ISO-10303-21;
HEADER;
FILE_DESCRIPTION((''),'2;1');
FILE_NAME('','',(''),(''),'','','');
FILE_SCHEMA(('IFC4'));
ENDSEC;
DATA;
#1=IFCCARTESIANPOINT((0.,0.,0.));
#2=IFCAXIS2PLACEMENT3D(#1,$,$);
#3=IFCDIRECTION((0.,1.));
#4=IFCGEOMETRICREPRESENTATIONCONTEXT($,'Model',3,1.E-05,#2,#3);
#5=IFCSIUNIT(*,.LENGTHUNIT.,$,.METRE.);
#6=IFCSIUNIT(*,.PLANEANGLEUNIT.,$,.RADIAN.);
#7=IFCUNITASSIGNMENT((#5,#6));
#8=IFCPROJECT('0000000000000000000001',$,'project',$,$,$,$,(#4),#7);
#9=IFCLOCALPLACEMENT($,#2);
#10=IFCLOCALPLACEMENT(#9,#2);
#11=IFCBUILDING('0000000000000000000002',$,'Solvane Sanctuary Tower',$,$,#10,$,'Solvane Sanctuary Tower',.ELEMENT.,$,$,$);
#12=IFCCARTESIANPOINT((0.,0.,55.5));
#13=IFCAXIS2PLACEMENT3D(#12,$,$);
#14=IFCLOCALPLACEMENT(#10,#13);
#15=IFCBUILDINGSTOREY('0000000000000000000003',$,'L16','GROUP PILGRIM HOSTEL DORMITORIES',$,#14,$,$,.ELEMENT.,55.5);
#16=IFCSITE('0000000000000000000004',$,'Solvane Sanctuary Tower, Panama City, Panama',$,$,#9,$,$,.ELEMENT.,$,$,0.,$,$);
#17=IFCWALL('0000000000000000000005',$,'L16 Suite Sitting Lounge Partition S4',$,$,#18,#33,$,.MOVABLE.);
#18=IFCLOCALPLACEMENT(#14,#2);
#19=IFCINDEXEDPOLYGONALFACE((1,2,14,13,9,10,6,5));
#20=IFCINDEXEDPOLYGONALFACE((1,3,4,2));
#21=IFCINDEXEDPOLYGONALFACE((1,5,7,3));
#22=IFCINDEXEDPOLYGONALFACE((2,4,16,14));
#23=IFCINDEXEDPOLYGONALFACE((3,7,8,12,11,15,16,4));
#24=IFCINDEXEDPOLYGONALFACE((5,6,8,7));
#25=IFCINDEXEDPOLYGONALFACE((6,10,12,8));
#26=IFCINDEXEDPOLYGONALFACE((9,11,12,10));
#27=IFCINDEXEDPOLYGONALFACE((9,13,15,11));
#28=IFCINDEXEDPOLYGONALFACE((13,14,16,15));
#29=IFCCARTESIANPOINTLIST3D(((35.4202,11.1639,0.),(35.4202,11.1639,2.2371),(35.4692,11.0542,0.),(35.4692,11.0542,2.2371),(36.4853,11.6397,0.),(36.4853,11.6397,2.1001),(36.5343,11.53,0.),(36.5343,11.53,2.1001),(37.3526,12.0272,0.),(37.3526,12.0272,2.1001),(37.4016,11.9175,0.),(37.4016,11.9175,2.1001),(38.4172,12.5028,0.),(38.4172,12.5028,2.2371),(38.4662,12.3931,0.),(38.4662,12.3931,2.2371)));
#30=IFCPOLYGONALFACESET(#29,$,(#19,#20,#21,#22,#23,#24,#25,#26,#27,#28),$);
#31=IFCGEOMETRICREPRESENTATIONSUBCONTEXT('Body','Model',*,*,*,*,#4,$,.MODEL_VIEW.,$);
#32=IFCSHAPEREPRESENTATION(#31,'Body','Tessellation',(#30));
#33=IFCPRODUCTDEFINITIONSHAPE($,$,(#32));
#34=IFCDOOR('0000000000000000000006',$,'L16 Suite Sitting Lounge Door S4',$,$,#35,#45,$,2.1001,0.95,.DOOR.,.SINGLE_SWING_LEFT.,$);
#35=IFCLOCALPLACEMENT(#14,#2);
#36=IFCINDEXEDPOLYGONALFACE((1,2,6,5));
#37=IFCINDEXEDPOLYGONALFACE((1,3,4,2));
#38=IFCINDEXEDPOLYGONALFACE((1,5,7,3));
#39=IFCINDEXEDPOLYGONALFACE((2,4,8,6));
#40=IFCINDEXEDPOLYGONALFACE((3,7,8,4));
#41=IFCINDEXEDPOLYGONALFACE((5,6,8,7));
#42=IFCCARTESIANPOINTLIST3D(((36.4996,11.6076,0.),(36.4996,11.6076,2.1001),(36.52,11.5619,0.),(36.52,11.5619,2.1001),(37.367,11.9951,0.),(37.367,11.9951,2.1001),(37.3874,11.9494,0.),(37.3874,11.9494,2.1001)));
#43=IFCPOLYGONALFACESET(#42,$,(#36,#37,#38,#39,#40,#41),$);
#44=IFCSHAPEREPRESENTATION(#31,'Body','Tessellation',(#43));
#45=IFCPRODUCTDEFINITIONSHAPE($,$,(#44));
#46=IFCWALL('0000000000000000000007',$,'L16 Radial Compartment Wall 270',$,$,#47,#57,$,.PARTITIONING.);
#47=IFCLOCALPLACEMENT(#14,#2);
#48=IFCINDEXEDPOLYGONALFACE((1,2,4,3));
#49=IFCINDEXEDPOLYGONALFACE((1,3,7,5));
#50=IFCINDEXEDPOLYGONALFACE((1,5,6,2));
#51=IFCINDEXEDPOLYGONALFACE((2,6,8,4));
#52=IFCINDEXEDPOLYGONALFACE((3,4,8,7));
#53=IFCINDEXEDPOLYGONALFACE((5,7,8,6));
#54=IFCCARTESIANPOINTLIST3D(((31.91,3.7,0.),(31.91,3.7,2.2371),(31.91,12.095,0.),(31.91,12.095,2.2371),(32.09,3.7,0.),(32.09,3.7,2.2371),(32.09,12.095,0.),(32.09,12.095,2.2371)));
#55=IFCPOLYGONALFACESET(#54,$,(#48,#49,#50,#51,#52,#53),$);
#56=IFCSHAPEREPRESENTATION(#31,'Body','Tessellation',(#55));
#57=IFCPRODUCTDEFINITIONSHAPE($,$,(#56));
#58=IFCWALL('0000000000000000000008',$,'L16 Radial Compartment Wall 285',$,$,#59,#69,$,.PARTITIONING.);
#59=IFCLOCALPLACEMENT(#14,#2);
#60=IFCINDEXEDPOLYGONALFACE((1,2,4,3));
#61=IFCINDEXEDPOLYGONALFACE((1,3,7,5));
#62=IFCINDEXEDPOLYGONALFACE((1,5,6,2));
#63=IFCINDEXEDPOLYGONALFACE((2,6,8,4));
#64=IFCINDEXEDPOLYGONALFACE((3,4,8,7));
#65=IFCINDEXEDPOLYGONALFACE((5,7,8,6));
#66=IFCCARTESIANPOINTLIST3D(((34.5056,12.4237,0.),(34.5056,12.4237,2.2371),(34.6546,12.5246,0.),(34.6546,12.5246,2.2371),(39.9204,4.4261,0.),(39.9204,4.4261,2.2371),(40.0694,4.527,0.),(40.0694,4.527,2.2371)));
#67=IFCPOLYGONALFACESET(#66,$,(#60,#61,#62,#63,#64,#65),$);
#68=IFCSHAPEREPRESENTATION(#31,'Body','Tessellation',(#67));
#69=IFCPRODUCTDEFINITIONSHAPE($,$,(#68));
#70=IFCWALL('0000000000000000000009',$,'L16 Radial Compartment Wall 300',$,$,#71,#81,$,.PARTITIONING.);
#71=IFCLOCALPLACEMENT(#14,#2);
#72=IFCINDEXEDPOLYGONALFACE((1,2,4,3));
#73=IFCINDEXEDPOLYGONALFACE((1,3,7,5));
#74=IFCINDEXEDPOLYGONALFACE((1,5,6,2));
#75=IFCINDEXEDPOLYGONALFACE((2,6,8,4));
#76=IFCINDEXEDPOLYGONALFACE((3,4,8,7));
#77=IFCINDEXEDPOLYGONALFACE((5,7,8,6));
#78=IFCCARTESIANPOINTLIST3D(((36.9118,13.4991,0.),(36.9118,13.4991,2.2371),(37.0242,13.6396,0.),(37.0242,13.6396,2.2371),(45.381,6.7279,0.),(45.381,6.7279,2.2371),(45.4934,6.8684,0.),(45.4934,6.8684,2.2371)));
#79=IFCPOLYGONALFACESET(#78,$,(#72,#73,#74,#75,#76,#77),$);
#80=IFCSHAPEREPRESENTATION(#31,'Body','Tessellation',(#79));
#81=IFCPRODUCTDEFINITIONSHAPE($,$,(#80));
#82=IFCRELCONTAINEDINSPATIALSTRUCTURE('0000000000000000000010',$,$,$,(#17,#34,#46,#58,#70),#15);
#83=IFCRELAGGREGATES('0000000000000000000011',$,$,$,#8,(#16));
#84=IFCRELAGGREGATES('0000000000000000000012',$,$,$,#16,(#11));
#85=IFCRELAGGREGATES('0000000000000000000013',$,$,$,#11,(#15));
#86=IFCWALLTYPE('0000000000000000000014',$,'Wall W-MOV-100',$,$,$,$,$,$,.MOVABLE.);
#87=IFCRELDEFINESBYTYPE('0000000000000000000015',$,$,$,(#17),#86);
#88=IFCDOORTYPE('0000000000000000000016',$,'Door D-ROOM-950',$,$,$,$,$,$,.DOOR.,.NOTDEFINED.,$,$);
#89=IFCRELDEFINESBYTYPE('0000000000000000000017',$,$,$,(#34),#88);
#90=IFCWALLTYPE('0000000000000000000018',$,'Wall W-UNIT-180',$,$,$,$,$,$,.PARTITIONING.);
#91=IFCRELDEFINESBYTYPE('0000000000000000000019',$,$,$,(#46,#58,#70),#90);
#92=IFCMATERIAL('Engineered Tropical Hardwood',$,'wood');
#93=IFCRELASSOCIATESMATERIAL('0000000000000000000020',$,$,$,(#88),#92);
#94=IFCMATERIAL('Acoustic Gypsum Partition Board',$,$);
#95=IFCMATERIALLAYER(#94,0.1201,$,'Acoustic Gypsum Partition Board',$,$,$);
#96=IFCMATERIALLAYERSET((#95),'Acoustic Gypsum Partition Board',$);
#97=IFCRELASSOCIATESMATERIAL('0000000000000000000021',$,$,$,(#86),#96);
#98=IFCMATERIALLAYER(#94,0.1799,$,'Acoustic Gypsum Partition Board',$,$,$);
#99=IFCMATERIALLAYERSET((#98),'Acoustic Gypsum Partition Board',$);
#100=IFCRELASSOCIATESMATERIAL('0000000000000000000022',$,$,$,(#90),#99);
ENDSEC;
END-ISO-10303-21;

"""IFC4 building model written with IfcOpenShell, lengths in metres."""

from ifc_helpers import new_model, si_unit, direction, frame, frame_2d, origin, place, context, subcontext, project, spatial, rectangle, extrude, material, layer, layer_set, type_object, element, fill, save


model = new_model("IFC4")

# Units and contexts
model_context = context("Model", 3, precision=1e-05, world=origin(), true_north=direction((0.0, 1.0)))
body_context = subcontext(model_context, "Body", "Model", "MODEL_VIEW")
ifc_project = project(units=[si_unit("LENGTHUNIT", "METRE"), si_unit("PLANEANGLEUNIT", "RADIAN")], contexts=[model_context])

# Site, building, storey
site_placement = place(None, origin())
site = spatial("IfcSite", under=ifc_project, at=site_placement, Name="Solvane Sanctuary Tower, Panama City, Panama", CompositionType="ELEMENT", RefElevation=0.0)
building_placement = place(site_placement, origin())
building = spatial("IfcBuilding", under=site, at=building_placement, Name="Solvane Sanctuary Tower", LongName="Solvane Sanctuary Tower", CompositionType="ELEMENT")
storey_placement = place(building_placement, frame((0.0, 0.0, 55.5)))
storey = spatial("IfcBuildingStorey", under=building, at=storey_placement, Name="L16", Description="GROUP PILGRIM HOSTEL DORMITORIES", CompositionType="ELEMENT", Elevation=55.5)

# Shared definitions
ifc_material_1 = material(Name="Acoustic Gypsum Partition Board")

# Shared definitions
ifc_material_2 = material(Name="Engineered Tropical Hardwood", Category="wood")
door_type_1 = type_object("IfcDoorType", Name="Door D-ROOM-950", OperationType="NOTDEFINED", PredefinedType="DOOR", material=ifc_material_2)

# Wall, opening, door
ifc_layer_1 = layer(ifc_material_1, 0.1201, Name="Acoustic Gypsum Partition Board")
ifc_layer_set_1 = layer_set([ifc_layer_1], Name="Acoustic Gypsum Partition Board")
wall_type_1 = type_object("IfcWallType", Name="Wall W-MOV-100", PredefinedType="MOVABLE", material=ifc_layer_set_1)
wall_1_placement = place(storey_placement, frame((35.4448, 11.1091, 0.0), z_axis=(0.0, 0.0, 1.0), x_axis=(0.913037, 0.407877, 0.0)))
wall_1 = element("IfcWall", 1, at=wall_1_placement, inside=storey, type_object=wall_type_1, Name="L16 Suite Sitting Lounge Partition S4", PredefinedType="MOVABLE", context=body_context, shape_type="SweptSolid", body=[
    extrude(rectangle(XDim=3.2825, YDim=0.1201, at=frame_2d((1.6411, 0.0))), origin(), (0.0, 0.0, 1.0), 2.2371),
])
opening_1_placement = place(wall_1_placement, frame((1.1663, 0.0, 0.0)))
opening_1 = element("IfcOpeningElement", 2, at=opening_1_placement, cuts=wall_1, PredefinedType="OPENING", context=body_context, shape_type="SweptSolid", body=[
    extrude(rectangle(XDim=0.95, YDim=2.1001, at=frame_2d((0.4751, 1.05))), frame((0.0, 0.0701, 0.0), z_axis=(0.0, -1.0, 0.0), x_axis=(1.0, 0.0, 0.0)), (0.0, 0.0, 1.0), 0.1401),
])
door_1_placement = place(opening_1_placement, origin())
door_1 = element("IfcDoor", 3, at=door_1_placement, inside=storey, type_object=door_type_1, Name="L16 Suite Sitting Lounge Door S4", OperationType="SINGLE_SWING_LEFT", OverallHeight=2.1001, OverallWidth=0.95, PredefinedType="DOOR", context=body_context, shape_type="SweptSolid", body=[
    extrude(rectangle(XDim=0.95, YDim=2.1001, at=frame_2d((0.4751, 1.05))), frame((0.0, 0.0249, 0.0), z_axis=(0.0, -1.0, 0.0), x_axis=(1.0, 0.0, 0.0)), (0.0, 0.0, 1.0), 0.05),
])
fill(opening_1, door_1)

# Walls
ifc_layer_2 = layer(ifc_material_1, 0.1799, Name="Acoustic Gypsum Partition Board")
ifc_layer_set_2 = layer_set([ifc_layer_2], Name="Acoustic Gypsum Partition Board")
wall_type_2 = type_object("IfcWallType", Name="Wall W-UNIT-180", PredefinedType="PARTITIONING", material=ifc_layer_set_2)
wall_2_placement = place(storey_placement, frame((32.0, 12.095, 0.0), z_axis=(0.0, 0.0, 1.0), x_axis=(0.0, -1.0, 0.0)))
element("IfcWall", 4, at=wall_2_placement, inside=storey, type_object=wall_type_2, Name="L16 Radial Compartment Wall 270", PredefinedType="PARTITIONING", context=body_context, shape_type="SweptSolid", body=[
    extrude(rectangle(XDim=8.395, YDim=0.1799, at=frame_2d((4.1975, 0.0))), origin(), (0.0, 0.0, 1.0), 2.2371),
])
wall_3_placement = place(storey_placement, frame((34.5801, 12.4741, 0.0), z_axis=(0.0, 0.0, 1.0), x_axis=(0.560642, -0.828058, 0.0)))
element("IfcWall", 5, at=wall_3_placement, inside=storey, type_object=wall_type_2, Name="L16 Radial Compartment Wall 285", PredefinedType="PARTITIONING", context=body_context, shape_type="SweptSolid", body=[
    extrude(rectangle(XDim=9.6582, YDim=0.1799, at=frame_2d((4.8291, 0.0))), origin(), (0.0, 0.0, 1.0), 2.2371),
])
wall_4_placement = place(storey_placement, frame((36.968, 13.5693, 0.0), z_axis=(0.0, 0.0, 1.0), x_axis=(0.781055, -0.624462, 0.0)))
element("IfcWall", 6, at=wall_4_placement, inside=storey, type_object=wall_type_2, Name="L16 Radial Compartment Wall 300", PredefinedType="PARTITIONING", context=body_context, shape_type="SweptSolid", body=[
    extrude(rectangle(XDim=10.8433, YDim=0.1799, at=frame_2d((5.4216, 0.0))), origin(), (0.0, 0.0, 1.0), 2.2371),
])

save(model, "model.ifc")
